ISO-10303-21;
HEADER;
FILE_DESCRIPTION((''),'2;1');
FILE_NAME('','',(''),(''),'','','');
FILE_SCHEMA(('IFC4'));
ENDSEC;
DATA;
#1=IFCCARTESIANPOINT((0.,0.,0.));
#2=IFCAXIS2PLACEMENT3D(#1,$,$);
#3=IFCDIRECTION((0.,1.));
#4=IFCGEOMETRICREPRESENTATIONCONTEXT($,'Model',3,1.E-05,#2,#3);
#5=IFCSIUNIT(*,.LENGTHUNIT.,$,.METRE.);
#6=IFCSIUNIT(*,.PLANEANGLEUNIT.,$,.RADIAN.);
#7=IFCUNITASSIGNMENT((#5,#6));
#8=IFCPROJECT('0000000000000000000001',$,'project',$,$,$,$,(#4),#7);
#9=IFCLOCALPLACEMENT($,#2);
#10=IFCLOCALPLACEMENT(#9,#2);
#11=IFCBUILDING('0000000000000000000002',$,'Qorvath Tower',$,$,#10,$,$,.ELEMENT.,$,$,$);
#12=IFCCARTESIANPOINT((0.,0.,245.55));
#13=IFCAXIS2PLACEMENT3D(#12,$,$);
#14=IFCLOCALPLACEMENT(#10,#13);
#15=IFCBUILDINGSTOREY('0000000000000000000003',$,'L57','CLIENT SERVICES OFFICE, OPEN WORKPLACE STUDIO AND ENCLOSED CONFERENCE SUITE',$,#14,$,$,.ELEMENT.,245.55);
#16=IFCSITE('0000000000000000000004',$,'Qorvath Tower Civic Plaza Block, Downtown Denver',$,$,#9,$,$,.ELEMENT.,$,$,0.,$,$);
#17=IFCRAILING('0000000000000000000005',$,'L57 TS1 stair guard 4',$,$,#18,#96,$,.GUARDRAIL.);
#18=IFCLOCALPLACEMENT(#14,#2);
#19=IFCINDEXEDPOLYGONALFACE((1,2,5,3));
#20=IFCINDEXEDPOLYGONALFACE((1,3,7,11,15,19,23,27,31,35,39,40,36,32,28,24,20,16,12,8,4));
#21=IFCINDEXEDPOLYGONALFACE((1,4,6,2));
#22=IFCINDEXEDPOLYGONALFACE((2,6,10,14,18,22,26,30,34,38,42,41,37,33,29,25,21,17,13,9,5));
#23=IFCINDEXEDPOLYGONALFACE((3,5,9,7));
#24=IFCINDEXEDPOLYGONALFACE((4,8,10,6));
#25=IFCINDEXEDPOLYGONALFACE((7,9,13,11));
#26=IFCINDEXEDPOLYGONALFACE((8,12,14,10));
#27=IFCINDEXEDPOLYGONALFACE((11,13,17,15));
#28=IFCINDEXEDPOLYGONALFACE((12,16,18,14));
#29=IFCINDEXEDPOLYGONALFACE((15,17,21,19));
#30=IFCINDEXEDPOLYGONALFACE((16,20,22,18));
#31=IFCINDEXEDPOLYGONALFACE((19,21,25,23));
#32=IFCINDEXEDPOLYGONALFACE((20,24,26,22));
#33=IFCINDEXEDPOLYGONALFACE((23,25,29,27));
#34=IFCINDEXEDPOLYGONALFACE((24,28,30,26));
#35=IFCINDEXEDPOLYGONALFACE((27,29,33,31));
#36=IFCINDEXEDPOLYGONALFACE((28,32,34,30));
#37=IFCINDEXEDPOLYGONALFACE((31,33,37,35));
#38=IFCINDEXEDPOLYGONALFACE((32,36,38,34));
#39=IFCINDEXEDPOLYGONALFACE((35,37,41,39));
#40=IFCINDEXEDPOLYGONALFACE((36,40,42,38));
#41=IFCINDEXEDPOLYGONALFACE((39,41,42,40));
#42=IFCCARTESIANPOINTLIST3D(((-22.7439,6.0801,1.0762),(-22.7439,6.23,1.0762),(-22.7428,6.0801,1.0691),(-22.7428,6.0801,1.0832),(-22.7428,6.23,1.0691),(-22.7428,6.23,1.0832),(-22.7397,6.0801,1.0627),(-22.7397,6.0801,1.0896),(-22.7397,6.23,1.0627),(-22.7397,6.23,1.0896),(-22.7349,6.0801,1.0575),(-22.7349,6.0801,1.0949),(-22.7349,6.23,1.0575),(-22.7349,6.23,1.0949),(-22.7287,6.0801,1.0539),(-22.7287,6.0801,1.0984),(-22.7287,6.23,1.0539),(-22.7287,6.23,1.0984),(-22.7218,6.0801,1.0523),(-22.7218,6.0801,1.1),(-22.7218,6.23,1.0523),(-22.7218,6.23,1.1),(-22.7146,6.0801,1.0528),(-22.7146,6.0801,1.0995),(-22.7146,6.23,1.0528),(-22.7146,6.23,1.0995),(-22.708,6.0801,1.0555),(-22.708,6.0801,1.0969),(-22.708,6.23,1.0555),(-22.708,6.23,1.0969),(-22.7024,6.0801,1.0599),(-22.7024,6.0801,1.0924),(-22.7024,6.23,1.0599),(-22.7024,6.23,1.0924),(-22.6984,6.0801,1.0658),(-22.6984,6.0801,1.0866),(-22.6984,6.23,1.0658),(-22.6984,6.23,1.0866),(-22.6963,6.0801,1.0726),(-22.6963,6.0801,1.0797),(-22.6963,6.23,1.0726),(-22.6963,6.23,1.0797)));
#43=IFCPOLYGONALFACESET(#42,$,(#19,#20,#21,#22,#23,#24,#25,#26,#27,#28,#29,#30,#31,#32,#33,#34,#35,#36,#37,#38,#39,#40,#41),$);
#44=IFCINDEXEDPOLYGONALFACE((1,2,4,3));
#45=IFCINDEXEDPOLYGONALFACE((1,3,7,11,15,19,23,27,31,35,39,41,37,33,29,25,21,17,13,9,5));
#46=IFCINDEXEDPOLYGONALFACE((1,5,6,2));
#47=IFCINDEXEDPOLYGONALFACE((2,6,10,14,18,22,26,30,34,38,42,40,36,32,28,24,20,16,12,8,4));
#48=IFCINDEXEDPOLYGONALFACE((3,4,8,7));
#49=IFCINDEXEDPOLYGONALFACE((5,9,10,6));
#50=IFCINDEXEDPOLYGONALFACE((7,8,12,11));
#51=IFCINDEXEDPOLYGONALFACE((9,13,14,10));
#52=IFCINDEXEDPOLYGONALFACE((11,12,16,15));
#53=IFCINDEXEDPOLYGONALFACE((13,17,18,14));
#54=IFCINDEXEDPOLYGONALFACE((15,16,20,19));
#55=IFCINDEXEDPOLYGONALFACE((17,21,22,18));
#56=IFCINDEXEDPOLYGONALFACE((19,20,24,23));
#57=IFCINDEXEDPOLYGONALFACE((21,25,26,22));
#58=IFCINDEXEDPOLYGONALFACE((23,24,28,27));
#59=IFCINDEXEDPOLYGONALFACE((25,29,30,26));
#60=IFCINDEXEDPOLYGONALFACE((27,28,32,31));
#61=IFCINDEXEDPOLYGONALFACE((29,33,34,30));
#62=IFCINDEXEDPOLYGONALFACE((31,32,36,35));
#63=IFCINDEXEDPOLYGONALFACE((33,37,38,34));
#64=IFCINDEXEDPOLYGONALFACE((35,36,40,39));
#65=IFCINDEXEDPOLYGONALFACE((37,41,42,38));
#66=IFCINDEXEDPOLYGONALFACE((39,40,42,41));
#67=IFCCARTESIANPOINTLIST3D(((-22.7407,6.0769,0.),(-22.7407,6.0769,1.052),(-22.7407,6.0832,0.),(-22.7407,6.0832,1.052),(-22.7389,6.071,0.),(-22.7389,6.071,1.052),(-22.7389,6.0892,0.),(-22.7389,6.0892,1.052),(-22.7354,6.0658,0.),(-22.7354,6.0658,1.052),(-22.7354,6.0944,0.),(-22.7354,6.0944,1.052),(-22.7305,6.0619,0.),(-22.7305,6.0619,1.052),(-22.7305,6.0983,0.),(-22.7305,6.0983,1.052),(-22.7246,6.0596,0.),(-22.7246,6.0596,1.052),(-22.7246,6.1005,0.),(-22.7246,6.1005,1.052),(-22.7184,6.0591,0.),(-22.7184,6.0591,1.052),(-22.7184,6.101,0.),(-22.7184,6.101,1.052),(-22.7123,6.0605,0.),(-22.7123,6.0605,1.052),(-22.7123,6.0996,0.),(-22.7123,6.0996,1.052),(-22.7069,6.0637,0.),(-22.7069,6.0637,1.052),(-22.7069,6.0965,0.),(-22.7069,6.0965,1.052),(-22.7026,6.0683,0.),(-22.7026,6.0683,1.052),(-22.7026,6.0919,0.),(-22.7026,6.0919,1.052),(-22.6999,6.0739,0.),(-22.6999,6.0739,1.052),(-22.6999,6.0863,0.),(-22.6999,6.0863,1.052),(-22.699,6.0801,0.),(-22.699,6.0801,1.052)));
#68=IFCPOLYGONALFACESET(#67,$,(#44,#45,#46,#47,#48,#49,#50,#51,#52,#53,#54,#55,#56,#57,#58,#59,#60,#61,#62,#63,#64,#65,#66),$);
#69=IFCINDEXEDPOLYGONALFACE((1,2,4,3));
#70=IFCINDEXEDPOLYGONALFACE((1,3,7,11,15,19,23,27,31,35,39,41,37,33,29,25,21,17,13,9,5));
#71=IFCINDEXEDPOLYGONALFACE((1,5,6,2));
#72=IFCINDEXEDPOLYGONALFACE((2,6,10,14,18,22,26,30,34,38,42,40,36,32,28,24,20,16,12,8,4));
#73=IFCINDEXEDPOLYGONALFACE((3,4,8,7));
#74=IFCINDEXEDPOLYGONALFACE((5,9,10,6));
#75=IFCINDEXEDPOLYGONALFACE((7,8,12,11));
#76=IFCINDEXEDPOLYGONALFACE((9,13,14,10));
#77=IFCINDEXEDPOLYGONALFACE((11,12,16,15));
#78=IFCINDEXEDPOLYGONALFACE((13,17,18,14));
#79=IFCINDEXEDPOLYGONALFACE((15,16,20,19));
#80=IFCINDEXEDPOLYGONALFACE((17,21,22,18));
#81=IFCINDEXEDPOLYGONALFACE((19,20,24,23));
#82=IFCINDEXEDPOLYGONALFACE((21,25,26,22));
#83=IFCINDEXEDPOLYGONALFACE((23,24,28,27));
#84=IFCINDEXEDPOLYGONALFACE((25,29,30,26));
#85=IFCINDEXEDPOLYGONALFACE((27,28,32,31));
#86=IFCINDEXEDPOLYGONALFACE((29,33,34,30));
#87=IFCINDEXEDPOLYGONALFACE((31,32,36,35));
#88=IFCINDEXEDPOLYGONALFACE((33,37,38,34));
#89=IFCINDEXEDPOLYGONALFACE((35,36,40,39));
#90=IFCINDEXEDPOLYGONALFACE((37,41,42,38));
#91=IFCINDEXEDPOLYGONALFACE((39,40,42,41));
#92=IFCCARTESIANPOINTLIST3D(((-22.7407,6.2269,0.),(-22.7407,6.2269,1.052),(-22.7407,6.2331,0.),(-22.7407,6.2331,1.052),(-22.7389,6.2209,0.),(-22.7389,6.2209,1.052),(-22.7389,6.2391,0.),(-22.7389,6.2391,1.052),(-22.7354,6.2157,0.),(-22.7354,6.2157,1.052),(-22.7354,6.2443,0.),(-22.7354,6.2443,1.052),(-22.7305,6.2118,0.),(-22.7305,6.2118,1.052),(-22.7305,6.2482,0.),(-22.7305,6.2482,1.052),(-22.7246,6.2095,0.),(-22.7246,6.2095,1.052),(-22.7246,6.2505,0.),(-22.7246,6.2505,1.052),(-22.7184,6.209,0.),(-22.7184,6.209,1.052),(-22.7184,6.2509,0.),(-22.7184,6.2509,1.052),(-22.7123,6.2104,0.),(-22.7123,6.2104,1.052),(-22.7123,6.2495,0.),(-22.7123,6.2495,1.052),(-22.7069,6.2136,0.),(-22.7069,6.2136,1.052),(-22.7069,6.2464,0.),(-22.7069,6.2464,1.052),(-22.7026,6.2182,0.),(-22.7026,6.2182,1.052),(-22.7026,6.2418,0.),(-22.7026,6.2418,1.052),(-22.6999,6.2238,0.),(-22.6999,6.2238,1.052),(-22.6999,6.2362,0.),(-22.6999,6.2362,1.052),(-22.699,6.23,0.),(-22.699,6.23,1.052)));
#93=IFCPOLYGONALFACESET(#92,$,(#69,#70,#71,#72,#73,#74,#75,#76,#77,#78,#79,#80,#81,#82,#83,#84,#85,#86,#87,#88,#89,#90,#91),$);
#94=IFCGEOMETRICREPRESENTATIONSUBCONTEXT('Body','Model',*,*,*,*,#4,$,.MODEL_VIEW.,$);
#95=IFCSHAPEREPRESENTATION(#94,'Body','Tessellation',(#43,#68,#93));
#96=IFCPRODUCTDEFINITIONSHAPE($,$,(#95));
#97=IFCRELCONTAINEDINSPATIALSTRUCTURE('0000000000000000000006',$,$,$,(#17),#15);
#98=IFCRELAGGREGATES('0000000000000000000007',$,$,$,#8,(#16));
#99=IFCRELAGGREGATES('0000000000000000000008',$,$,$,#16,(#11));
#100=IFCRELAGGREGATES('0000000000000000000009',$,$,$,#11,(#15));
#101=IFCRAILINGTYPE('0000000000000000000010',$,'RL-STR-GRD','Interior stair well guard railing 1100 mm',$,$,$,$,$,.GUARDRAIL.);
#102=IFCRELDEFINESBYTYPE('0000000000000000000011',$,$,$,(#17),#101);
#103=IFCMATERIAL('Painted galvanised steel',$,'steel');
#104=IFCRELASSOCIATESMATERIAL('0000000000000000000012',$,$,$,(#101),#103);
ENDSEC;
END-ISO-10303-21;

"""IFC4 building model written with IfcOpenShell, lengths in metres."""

from ifc_helpers import new_model, si_unit, direction, frame, origin, origin_2d, place, context, subcontext, project, spatial, circle, extrude, material, type_object, element, save


model = new_model("IFC4")

# Units and contexts
model_context = context("Model", 3, precision=1e-05, world=origin(), true_north=direction((0.0, 1.0)))
body_context = subcontext(model_context, "Body", "Model", "MODEL_VIEW")
ifc_project = project(units=[si_unit("LENGTHUNIT", "METRE"), si_unit("PLANEANGLEUNIT", "RADIAN")], contexts=[model_context])

# Site, building, storey
site_placement = place(None, origin())
site = spatial("IfcSite", under=ifc_project, at=site_placement, Name="Qorvath Tower Civic Plaza Block, Downtown Denver", CompositionType="ELEMENT", RefElevation=0.0)
building_placement = place(site_placement, origin())
building = spatial("IfcBuilding", under=site, at=building_placement, Name="Qorvath Tower", CompositionType="ELEMENT")
storey_placement = place(building_placement, frame((0.0, 0.0, 245.55)))
storey = spatial("IfcBuildingStorey", under=building, at=storey_placement, Name="L57", Description="CLIENT SERVICES OFFICE, OPEN WORKPLACE STUDIO AND ENCLOSED CONFERENCE SUITE", CompositionType="ELEMENT", Elevation=245.55)

# Railing
ifc_material_1 = material(Name="Painted galvanised steel", Category="steel")
railing_type_1 = type_object("IfcRailingType", Name="RL-STR-GRD", Description="Interior stair well guard railing 1100 mm", PredefinedType="GUARDRAIL", material=ifc_material_1)
railing_1_placement = place(storey_placement, frame((-22.72, 6.0801, 0.0)))
element("IfcRailing", 1, at=railing_1_placement, inside=storey, type_object=railing_type_1, Name="L57 TS1 stair guard 4", PredefinedType="GUARDRAIL", context=body_context, shape_type="SweptSolid", body=[
    extrude(circle(Radius=0.0239, at=origin_2d()), frame((0.0, 0.0, 1.0762), z_axis=(0.0, 1.0, 0.0), x_axis=(-1.0, 0.0, 0.0)), (0.0, 0.0, 1.0), 0.1499),
    extrude(circle(Radius=0.021, at=origin_2d()), origin(), (0.0, 0.0, 1.0), 1.052),
    extrude(circle(Radius=0.021, at=origin_2d()), frame((0.0, 0.1499, 0.0)), (0.0, 0.0, 1.0), 1.052),
])

save(model, "model.ifc")
